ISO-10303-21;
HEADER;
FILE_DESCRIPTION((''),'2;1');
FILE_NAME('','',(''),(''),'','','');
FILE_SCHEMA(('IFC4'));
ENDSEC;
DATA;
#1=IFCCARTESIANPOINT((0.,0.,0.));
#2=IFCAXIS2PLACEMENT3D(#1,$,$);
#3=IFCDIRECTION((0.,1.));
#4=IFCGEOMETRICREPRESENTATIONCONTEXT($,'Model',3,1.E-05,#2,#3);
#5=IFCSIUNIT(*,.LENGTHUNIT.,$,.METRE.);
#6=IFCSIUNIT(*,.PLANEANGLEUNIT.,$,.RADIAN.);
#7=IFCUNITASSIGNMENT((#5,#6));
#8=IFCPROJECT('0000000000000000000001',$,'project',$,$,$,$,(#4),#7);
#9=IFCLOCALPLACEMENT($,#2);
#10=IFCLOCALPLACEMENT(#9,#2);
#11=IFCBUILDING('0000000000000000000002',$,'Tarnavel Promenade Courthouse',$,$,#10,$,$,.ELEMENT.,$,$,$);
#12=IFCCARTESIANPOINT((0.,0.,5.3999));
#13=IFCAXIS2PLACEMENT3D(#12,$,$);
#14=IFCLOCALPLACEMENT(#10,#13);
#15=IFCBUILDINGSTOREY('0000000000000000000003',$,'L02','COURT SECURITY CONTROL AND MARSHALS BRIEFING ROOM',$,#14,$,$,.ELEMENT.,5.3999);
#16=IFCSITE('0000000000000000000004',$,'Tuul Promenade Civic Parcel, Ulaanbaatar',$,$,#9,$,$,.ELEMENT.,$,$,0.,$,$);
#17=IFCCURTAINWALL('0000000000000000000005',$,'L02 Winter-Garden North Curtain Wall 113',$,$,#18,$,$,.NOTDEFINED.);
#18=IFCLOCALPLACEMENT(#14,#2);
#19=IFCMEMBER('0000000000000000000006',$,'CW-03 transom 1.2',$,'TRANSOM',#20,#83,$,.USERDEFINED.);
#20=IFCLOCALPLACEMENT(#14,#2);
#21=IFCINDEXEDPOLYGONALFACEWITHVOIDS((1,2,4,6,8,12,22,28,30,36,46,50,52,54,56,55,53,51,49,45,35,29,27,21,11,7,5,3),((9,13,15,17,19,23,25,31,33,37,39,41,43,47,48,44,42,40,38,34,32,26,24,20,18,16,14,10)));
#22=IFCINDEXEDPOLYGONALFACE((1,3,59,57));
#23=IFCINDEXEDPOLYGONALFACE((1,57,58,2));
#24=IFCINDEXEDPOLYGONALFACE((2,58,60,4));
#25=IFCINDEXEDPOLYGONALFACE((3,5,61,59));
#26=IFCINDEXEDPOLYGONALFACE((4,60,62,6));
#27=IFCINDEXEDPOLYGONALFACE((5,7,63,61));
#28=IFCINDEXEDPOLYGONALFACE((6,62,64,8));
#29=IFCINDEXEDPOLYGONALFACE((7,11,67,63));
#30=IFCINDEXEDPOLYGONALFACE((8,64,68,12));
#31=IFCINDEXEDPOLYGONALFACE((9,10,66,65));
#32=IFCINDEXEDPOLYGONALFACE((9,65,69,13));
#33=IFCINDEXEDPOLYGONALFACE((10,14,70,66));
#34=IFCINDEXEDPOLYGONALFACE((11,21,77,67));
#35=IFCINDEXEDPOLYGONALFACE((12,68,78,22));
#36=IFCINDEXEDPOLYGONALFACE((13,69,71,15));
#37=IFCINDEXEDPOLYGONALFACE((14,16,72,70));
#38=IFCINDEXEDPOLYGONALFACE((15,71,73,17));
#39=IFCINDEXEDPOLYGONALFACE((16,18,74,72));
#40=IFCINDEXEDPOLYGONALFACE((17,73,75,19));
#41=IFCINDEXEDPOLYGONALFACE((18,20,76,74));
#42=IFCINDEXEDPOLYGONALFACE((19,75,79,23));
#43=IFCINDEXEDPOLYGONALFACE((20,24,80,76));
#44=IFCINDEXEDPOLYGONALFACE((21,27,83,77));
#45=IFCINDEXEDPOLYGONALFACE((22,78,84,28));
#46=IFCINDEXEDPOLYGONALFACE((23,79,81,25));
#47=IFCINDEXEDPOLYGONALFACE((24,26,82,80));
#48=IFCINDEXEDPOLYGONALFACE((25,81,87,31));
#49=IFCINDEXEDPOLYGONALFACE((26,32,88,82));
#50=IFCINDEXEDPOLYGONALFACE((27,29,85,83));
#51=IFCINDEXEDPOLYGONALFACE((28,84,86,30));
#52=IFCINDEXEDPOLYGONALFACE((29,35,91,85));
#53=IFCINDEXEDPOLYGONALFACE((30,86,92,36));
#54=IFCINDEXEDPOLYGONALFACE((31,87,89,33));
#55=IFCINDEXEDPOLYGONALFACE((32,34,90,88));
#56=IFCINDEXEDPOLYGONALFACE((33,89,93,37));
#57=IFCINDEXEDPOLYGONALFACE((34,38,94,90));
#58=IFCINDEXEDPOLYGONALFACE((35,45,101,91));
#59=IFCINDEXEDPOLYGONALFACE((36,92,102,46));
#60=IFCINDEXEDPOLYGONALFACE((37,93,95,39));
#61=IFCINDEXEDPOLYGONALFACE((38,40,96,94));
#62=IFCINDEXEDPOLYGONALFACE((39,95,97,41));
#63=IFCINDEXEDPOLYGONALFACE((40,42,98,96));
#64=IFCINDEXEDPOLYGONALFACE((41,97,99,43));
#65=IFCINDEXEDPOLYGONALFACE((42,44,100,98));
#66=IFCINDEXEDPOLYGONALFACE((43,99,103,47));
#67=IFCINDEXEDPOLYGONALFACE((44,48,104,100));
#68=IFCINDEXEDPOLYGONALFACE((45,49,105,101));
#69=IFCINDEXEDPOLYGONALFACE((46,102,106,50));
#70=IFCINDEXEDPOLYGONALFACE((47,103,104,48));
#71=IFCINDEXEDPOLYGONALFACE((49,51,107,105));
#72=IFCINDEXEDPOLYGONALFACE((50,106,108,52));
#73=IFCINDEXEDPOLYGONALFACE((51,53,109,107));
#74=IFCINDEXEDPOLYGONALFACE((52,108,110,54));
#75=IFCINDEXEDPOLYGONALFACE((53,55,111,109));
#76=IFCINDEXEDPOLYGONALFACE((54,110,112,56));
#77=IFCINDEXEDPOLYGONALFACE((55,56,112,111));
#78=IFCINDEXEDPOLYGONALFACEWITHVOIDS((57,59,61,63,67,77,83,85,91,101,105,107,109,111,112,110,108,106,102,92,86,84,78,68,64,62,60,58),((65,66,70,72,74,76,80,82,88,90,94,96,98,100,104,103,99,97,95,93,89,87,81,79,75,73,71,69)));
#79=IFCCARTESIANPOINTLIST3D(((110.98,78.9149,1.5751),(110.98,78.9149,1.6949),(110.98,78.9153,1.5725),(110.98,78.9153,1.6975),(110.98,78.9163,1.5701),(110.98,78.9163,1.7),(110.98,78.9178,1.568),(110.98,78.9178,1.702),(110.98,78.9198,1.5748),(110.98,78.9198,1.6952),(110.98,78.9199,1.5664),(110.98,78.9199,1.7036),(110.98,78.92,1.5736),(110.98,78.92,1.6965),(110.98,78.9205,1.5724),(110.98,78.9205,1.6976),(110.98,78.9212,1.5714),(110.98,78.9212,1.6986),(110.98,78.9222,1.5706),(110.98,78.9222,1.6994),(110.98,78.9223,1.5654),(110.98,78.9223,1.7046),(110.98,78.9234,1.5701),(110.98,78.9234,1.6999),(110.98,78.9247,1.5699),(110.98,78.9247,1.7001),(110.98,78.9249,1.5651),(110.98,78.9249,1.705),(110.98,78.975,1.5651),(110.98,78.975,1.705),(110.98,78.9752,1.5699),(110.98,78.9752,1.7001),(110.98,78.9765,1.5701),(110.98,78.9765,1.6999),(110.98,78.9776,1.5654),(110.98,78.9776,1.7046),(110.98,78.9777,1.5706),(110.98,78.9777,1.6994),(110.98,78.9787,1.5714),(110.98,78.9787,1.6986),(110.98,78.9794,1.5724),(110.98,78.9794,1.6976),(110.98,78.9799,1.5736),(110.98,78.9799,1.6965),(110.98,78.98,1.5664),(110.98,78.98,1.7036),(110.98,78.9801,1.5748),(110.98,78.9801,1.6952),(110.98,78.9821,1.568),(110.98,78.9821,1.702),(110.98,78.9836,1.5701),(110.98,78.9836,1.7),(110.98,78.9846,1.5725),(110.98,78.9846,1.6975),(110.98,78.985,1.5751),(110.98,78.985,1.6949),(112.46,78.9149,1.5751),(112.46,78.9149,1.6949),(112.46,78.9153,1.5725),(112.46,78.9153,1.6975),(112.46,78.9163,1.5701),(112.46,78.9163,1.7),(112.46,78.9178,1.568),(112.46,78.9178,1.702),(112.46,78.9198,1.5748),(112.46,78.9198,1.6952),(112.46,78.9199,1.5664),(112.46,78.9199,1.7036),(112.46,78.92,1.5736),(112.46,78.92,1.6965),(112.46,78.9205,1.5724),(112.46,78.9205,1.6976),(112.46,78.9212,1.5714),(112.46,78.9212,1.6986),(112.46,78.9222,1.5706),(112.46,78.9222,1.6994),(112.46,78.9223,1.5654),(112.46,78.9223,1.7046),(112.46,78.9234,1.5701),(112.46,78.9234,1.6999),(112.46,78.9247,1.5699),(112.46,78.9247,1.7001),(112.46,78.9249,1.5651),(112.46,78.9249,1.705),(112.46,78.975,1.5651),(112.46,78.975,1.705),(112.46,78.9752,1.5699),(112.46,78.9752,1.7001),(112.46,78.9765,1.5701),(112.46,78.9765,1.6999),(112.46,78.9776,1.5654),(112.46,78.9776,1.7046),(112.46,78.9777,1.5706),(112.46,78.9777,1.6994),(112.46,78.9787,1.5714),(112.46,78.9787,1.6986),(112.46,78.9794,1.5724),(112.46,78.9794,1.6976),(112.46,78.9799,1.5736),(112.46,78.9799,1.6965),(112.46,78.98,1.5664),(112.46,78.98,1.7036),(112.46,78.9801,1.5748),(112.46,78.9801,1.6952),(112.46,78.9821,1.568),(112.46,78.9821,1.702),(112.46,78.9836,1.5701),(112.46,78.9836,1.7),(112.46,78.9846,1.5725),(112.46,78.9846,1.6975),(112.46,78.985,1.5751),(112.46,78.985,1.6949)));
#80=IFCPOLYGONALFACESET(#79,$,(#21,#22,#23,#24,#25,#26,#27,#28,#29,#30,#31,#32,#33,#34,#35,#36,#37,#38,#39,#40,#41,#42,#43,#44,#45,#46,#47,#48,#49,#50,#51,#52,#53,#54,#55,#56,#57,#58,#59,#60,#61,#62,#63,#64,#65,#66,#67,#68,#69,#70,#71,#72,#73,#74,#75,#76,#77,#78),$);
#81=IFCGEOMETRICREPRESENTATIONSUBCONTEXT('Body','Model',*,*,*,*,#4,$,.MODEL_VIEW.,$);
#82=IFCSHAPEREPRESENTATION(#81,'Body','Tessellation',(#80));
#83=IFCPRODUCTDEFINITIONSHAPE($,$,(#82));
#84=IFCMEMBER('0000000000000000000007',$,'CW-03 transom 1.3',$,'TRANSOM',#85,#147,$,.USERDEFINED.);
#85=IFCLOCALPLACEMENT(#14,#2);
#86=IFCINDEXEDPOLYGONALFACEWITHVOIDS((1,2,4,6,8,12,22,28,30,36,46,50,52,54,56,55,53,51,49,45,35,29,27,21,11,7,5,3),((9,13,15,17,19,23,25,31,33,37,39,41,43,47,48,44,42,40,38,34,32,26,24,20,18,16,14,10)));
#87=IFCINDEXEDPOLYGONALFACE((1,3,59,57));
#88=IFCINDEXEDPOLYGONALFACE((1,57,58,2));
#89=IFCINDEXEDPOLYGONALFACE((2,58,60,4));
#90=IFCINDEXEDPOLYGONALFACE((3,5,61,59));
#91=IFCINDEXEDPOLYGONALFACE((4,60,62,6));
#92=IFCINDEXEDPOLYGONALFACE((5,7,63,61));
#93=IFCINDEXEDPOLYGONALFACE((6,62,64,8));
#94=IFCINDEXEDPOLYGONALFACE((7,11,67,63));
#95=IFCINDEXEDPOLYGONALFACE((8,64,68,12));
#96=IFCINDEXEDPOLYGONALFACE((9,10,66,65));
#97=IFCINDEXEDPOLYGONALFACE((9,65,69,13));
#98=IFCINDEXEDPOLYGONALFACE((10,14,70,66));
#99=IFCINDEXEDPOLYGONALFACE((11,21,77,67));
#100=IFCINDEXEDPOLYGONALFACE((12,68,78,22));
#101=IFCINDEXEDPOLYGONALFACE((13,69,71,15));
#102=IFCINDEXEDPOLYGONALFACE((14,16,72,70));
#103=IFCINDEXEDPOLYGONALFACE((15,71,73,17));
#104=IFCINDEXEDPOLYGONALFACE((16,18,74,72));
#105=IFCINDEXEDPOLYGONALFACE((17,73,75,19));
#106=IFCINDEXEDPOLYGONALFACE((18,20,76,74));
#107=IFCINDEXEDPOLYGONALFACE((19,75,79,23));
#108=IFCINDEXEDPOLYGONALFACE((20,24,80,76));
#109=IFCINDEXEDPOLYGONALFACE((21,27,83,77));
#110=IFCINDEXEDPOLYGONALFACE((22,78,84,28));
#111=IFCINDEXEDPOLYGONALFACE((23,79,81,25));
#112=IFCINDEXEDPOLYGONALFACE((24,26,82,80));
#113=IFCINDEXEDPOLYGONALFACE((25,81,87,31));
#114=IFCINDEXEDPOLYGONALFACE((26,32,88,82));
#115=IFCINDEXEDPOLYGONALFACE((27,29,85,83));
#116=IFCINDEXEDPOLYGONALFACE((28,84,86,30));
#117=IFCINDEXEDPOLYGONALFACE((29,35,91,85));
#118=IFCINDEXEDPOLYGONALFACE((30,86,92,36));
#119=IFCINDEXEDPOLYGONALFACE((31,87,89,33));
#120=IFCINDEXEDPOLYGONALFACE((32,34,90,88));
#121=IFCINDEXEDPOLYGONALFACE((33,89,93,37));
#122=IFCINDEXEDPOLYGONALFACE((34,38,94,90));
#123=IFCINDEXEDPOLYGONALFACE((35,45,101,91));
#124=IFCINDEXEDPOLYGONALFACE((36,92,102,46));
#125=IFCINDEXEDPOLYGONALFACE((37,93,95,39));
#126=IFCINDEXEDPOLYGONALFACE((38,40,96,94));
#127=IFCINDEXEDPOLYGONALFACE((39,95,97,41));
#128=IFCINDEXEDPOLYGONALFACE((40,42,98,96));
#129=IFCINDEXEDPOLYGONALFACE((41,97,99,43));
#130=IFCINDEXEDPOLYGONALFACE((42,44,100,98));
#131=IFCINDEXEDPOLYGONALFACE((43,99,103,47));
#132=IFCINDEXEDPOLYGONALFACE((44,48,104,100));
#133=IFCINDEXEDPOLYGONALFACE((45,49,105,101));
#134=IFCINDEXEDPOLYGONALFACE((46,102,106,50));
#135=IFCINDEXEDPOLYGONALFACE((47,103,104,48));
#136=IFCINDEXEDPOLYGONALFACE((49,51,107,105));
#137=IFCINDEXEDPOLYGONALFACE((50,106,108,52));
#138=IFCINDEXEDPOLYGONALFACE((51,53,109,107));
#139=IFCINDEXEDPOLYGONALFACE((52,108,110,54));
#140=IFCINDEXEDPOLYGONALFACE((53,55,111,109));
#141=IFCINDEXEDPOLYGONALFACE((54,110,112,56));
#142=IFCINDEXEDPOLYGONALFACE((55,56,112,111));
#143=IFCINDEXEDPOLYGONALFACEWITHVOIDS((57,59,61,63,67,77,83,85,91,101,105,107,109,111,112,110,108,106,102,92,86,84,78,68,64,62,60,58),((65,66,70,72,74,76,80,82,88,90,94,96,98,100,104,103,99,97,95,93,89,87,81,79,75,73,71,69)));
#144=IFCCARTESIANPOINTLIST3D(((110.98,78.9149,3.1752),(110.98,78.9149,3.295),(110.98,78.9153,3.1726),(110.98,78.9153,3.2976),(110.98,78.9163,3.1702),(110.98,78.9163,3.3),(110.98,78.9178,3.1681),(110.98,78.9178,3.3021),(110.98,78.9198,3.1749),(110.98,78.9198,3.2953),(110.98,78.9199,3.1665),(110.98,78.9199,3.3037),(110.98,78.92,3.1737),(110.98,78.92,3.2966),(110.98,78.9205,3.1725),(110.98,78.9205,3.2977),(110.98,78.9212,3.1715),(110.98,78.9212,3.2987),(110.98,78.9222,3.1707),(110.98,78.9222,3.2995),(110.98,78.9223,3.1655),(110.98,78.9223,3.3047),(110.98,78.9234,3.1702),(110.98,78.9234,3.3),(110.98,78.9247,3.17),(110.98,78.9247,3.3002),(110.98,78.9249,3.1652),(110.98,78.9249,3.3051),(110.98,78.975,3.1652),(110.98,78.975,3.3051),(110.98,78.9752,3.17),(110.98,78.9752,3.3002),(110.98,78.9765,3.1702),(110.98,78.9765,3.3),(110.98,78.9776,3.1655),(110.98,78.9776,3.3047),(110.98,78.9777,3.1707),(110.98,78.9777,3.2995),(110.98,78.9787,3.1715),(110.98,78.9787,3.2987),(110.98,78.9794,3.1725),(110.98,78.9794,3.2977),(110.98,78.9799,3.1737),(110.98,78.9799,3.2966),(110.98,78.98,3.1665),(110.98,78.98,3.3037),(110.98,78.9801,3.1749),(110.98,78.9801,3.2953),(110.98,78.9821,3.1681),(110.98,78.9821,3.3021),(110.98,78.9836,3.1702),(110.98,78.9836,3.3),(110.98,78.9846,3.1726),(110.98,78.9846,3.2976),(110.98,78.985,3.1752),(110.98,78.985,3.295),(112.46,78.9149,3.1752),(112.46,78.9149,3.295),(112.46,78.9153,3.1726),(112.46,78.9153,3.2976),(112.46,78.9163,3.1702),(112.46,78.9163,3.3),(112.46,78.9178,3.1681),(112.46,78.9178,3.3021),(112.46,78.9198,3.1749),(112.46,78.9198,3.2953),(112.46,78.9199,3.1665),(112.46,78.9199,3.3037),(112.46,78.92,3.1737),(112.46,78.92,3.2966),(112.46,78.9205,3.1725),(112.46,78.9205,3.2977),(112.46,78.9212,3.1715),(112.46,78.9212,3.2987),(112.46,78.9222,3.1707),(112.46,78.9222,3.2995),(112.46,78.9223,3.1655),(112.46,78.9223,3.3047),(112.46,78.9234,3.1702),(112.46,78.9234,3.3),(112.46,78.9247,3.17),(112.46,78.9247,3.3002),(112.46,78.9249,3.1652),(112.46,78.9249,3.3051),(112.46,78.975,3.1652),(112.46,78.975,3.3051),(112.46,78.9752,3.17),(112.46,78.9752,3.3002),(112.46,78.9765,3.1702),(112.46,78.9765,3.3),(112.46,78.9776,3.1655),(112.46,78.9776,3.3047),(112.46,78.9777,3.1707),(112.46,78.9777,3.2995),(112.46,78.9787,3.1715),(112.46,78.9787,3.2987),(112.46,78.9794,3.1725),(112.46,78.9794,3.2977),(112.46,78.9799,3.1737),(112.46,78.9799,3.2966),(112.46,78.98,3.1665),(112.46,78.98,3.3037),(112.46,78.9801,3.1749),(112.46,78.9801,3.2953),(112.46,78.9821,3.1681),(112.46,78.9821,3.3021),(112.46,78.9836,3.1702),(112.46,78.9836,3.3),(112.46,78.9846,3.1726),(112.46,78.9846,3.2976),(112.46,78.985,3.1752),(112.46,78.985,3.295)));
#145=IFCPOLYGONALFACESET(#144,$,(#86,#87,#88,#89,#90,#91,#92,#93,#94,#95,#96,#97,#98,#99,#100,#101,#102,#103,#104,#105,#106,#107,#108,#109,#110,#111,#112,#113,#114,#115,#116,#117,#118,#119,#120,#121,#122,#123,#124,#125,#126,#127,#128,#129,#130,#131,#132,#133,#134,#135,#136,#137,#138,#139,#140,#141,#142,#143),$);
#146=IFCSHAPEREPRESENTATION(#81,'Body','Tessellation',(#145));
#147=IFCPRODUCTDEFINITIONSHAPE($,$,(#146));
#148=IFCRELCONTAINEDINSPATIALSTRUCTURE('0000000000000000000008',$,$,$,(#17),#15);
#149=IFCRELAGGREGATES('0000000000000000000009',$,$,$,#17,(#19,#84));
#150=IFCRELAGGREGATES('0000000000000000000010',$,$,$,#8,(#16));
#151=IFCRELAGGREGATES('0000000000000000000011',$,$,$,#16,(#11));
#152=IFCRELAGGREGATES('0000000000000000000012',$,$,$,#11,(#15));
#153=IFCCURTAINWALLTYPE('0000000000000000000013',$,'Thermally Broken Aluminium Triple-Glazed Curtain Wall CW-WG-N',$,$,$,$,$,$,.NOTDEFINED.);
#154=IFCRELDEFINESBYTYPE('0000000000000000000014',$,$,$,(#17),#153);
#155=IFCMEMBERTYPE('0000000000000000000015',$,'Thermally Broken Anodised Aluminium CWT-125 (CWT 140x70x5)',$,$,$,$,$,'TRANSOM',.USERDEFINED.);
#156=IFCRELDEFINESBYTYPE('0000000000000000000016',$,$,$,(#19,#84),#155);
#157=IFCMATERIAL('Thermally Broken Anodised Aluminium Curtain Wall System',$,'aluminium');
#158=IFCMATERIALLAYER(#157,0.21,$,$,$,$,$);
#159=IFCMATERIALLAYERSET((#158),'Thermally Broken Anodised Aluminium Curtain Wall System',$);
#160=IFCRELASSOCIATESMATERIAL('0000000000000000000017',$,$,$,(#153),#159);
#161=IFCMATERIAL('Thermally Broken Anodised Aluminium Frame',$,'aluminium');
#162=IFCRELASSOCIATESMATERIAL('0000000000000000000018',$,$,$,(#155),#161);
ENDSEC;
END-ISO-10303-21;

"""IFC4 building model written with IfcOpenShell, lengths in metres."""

from ifc_helpers import new_model, si_unit, direction, frame, origin, origin_2d, place, context, subcontext, project, spatial, hollow_rectangle, extrude, material, layer, layer_set, material_profile, profile_set, type_object, element, aggregate, save


model = new_model("IFC4")

# Units and contexts
model_context = context("Model", 3, precision=1e-05, world=origin(), true_north=direction((0.0, 1.0)))
body_context = subcontext(model_context, "Body", "Model", "MODEL_VIEW")
ifc_project = project(units=[si_unit("LENGTHUNIT", "METRE"), si_unit("PLANEANGLEUNIT", "RADIAN")], contexts=[model_context])

# Site, building, storey
site_placement = place(None, origin())
site = spatial("IfcSite", under=ifc_project, at=site_placement, Name="Tuul Promenade Civic Parcel, Ulaanbaatar", CompositionType="ELEMENT", RefElevation=0.0)
building_placement = place(site_placement, origin())
building = spatial("IfcBuilding", under=site, at=building_placement, Name="Tarnavel Promenade Courthouse", CompositionType="ELEMENT")
storey_placement = place(building_placement, frame((0.0, 0.0, 5.3999)))
storey = spatial("IfcBuildingStorey", under=building, at=storey_placement, Name="L02", Description="COURT SECURITY CONTROL AND MARSHALS BRIEFING ROOM", CompositionType="ELEMENT", Elevation=5.3999)

# Curtain wall
ifc_material_1 = material(Name="Thermally Broken Anodised Aluminium Curtain Wall System", Category="aluminium")
ifc_layer_1 = layer(ifc_material_1, 0.21)
ifc_layer_set_1 = layer_set([ifc_layer_1], Name="Thermally Broken Anodised Aluminium Curtain Wall System")
curtain_wall_type_1 = type_object("IfcCurtainWallType", Name="Thermally Broken Aluminium Triple-Glazed Curtain Wall CW-WG-N", PredefinedType="NOTDEFINED", material=ifc_layer_set_1)
ifc_material_2 = material(Name="Thermally Broken Anodised Aluminium Frame", Category="aluminium")
curtain_wall_1_placement = place(storey_placement, origin())
curtain_wall_1 = element("IfcCurtainWall", 1, at=curtain_wall_1_placement, inside=storey, type_object=curtain_wall_type_1, Name="L02 Winter-Garden North Curtain Wall 113", PredefinedType="NOTDEFINED")

# Members
ifc_material_profile_1 = material_profile(ifc_material_2, hollow_rectangle(XDim=0.0701, YDim=0.1399, WallThickness=0.0049, InnerFilletRadius=0.0049, OuterFilletRadius=0.01, at=origin_2d()), Name="CWT 140x70x5")
ifc_profile_set_1 = profile_set([ifc_material_profile_1], Name="Thermally Broken Anodised Aluminium Frame")
member_type_1 = type_object("IfcMemberType", Name="Thermally Broken Anodised Aluminium CWT-125 (CWT 140x70x5)", ElementType="TRANSOM", PredefinedType="USERDEFINED", material=ifc_profile_set_1)
member_1_placement = place(storey_placement, frame((110.98, 78.95, 1.635), z_axis=(1.0, 0.0, 0.0), x_axis=(0.0, 1.0, 0.0)))
member_1 = element("IfcMember", 2, at=member_1_placement, type_object=member_type_1, Name="CW-03 transom 1.2", ObjectType="TRANSOM", PredefinedType="USERDEFINED", context=body_context, shape_type="SweptSolid", body=[
    extrude(hollow_rectangle(XDim=0.0701, YDim=0.1399, WallThickness=0.0049, InnerFilletRadius=0.0049, OuterFilletRadius=0.01, at=origin_2d()), origin(), (0.0, 0.0, 1.0), 1.48),
])
member_2_placement = place(storey_placement, frame((110.98, 78.95, 3.2351), z_axis=(1.0, 0.0, 0.0), x_axis=(0.0, 1.0, 0.0)))
member_2 = element("IfcMember", 3, at=member_2_placement, type_object=member_type_1, Name="CW-03 transom 1.3", ObjectType="TRANSOM", PredefinedType="USERDEFINED", context=body_context, shape_type="SweptSolid", body=[
    extrude(hollow_rectangle(XDim=0.0701, YDim=0.1399, WallThickness=0.0049, InnerFilletRadius=0.0049, OuterFilletRadius=0.01, at=origin_2d()), origin(), (0.0, 0.0, 1.0), 1.48),
])

aggregate(curtain_wall_1, [member_1, member_2])

save(model, "model.ifc")
